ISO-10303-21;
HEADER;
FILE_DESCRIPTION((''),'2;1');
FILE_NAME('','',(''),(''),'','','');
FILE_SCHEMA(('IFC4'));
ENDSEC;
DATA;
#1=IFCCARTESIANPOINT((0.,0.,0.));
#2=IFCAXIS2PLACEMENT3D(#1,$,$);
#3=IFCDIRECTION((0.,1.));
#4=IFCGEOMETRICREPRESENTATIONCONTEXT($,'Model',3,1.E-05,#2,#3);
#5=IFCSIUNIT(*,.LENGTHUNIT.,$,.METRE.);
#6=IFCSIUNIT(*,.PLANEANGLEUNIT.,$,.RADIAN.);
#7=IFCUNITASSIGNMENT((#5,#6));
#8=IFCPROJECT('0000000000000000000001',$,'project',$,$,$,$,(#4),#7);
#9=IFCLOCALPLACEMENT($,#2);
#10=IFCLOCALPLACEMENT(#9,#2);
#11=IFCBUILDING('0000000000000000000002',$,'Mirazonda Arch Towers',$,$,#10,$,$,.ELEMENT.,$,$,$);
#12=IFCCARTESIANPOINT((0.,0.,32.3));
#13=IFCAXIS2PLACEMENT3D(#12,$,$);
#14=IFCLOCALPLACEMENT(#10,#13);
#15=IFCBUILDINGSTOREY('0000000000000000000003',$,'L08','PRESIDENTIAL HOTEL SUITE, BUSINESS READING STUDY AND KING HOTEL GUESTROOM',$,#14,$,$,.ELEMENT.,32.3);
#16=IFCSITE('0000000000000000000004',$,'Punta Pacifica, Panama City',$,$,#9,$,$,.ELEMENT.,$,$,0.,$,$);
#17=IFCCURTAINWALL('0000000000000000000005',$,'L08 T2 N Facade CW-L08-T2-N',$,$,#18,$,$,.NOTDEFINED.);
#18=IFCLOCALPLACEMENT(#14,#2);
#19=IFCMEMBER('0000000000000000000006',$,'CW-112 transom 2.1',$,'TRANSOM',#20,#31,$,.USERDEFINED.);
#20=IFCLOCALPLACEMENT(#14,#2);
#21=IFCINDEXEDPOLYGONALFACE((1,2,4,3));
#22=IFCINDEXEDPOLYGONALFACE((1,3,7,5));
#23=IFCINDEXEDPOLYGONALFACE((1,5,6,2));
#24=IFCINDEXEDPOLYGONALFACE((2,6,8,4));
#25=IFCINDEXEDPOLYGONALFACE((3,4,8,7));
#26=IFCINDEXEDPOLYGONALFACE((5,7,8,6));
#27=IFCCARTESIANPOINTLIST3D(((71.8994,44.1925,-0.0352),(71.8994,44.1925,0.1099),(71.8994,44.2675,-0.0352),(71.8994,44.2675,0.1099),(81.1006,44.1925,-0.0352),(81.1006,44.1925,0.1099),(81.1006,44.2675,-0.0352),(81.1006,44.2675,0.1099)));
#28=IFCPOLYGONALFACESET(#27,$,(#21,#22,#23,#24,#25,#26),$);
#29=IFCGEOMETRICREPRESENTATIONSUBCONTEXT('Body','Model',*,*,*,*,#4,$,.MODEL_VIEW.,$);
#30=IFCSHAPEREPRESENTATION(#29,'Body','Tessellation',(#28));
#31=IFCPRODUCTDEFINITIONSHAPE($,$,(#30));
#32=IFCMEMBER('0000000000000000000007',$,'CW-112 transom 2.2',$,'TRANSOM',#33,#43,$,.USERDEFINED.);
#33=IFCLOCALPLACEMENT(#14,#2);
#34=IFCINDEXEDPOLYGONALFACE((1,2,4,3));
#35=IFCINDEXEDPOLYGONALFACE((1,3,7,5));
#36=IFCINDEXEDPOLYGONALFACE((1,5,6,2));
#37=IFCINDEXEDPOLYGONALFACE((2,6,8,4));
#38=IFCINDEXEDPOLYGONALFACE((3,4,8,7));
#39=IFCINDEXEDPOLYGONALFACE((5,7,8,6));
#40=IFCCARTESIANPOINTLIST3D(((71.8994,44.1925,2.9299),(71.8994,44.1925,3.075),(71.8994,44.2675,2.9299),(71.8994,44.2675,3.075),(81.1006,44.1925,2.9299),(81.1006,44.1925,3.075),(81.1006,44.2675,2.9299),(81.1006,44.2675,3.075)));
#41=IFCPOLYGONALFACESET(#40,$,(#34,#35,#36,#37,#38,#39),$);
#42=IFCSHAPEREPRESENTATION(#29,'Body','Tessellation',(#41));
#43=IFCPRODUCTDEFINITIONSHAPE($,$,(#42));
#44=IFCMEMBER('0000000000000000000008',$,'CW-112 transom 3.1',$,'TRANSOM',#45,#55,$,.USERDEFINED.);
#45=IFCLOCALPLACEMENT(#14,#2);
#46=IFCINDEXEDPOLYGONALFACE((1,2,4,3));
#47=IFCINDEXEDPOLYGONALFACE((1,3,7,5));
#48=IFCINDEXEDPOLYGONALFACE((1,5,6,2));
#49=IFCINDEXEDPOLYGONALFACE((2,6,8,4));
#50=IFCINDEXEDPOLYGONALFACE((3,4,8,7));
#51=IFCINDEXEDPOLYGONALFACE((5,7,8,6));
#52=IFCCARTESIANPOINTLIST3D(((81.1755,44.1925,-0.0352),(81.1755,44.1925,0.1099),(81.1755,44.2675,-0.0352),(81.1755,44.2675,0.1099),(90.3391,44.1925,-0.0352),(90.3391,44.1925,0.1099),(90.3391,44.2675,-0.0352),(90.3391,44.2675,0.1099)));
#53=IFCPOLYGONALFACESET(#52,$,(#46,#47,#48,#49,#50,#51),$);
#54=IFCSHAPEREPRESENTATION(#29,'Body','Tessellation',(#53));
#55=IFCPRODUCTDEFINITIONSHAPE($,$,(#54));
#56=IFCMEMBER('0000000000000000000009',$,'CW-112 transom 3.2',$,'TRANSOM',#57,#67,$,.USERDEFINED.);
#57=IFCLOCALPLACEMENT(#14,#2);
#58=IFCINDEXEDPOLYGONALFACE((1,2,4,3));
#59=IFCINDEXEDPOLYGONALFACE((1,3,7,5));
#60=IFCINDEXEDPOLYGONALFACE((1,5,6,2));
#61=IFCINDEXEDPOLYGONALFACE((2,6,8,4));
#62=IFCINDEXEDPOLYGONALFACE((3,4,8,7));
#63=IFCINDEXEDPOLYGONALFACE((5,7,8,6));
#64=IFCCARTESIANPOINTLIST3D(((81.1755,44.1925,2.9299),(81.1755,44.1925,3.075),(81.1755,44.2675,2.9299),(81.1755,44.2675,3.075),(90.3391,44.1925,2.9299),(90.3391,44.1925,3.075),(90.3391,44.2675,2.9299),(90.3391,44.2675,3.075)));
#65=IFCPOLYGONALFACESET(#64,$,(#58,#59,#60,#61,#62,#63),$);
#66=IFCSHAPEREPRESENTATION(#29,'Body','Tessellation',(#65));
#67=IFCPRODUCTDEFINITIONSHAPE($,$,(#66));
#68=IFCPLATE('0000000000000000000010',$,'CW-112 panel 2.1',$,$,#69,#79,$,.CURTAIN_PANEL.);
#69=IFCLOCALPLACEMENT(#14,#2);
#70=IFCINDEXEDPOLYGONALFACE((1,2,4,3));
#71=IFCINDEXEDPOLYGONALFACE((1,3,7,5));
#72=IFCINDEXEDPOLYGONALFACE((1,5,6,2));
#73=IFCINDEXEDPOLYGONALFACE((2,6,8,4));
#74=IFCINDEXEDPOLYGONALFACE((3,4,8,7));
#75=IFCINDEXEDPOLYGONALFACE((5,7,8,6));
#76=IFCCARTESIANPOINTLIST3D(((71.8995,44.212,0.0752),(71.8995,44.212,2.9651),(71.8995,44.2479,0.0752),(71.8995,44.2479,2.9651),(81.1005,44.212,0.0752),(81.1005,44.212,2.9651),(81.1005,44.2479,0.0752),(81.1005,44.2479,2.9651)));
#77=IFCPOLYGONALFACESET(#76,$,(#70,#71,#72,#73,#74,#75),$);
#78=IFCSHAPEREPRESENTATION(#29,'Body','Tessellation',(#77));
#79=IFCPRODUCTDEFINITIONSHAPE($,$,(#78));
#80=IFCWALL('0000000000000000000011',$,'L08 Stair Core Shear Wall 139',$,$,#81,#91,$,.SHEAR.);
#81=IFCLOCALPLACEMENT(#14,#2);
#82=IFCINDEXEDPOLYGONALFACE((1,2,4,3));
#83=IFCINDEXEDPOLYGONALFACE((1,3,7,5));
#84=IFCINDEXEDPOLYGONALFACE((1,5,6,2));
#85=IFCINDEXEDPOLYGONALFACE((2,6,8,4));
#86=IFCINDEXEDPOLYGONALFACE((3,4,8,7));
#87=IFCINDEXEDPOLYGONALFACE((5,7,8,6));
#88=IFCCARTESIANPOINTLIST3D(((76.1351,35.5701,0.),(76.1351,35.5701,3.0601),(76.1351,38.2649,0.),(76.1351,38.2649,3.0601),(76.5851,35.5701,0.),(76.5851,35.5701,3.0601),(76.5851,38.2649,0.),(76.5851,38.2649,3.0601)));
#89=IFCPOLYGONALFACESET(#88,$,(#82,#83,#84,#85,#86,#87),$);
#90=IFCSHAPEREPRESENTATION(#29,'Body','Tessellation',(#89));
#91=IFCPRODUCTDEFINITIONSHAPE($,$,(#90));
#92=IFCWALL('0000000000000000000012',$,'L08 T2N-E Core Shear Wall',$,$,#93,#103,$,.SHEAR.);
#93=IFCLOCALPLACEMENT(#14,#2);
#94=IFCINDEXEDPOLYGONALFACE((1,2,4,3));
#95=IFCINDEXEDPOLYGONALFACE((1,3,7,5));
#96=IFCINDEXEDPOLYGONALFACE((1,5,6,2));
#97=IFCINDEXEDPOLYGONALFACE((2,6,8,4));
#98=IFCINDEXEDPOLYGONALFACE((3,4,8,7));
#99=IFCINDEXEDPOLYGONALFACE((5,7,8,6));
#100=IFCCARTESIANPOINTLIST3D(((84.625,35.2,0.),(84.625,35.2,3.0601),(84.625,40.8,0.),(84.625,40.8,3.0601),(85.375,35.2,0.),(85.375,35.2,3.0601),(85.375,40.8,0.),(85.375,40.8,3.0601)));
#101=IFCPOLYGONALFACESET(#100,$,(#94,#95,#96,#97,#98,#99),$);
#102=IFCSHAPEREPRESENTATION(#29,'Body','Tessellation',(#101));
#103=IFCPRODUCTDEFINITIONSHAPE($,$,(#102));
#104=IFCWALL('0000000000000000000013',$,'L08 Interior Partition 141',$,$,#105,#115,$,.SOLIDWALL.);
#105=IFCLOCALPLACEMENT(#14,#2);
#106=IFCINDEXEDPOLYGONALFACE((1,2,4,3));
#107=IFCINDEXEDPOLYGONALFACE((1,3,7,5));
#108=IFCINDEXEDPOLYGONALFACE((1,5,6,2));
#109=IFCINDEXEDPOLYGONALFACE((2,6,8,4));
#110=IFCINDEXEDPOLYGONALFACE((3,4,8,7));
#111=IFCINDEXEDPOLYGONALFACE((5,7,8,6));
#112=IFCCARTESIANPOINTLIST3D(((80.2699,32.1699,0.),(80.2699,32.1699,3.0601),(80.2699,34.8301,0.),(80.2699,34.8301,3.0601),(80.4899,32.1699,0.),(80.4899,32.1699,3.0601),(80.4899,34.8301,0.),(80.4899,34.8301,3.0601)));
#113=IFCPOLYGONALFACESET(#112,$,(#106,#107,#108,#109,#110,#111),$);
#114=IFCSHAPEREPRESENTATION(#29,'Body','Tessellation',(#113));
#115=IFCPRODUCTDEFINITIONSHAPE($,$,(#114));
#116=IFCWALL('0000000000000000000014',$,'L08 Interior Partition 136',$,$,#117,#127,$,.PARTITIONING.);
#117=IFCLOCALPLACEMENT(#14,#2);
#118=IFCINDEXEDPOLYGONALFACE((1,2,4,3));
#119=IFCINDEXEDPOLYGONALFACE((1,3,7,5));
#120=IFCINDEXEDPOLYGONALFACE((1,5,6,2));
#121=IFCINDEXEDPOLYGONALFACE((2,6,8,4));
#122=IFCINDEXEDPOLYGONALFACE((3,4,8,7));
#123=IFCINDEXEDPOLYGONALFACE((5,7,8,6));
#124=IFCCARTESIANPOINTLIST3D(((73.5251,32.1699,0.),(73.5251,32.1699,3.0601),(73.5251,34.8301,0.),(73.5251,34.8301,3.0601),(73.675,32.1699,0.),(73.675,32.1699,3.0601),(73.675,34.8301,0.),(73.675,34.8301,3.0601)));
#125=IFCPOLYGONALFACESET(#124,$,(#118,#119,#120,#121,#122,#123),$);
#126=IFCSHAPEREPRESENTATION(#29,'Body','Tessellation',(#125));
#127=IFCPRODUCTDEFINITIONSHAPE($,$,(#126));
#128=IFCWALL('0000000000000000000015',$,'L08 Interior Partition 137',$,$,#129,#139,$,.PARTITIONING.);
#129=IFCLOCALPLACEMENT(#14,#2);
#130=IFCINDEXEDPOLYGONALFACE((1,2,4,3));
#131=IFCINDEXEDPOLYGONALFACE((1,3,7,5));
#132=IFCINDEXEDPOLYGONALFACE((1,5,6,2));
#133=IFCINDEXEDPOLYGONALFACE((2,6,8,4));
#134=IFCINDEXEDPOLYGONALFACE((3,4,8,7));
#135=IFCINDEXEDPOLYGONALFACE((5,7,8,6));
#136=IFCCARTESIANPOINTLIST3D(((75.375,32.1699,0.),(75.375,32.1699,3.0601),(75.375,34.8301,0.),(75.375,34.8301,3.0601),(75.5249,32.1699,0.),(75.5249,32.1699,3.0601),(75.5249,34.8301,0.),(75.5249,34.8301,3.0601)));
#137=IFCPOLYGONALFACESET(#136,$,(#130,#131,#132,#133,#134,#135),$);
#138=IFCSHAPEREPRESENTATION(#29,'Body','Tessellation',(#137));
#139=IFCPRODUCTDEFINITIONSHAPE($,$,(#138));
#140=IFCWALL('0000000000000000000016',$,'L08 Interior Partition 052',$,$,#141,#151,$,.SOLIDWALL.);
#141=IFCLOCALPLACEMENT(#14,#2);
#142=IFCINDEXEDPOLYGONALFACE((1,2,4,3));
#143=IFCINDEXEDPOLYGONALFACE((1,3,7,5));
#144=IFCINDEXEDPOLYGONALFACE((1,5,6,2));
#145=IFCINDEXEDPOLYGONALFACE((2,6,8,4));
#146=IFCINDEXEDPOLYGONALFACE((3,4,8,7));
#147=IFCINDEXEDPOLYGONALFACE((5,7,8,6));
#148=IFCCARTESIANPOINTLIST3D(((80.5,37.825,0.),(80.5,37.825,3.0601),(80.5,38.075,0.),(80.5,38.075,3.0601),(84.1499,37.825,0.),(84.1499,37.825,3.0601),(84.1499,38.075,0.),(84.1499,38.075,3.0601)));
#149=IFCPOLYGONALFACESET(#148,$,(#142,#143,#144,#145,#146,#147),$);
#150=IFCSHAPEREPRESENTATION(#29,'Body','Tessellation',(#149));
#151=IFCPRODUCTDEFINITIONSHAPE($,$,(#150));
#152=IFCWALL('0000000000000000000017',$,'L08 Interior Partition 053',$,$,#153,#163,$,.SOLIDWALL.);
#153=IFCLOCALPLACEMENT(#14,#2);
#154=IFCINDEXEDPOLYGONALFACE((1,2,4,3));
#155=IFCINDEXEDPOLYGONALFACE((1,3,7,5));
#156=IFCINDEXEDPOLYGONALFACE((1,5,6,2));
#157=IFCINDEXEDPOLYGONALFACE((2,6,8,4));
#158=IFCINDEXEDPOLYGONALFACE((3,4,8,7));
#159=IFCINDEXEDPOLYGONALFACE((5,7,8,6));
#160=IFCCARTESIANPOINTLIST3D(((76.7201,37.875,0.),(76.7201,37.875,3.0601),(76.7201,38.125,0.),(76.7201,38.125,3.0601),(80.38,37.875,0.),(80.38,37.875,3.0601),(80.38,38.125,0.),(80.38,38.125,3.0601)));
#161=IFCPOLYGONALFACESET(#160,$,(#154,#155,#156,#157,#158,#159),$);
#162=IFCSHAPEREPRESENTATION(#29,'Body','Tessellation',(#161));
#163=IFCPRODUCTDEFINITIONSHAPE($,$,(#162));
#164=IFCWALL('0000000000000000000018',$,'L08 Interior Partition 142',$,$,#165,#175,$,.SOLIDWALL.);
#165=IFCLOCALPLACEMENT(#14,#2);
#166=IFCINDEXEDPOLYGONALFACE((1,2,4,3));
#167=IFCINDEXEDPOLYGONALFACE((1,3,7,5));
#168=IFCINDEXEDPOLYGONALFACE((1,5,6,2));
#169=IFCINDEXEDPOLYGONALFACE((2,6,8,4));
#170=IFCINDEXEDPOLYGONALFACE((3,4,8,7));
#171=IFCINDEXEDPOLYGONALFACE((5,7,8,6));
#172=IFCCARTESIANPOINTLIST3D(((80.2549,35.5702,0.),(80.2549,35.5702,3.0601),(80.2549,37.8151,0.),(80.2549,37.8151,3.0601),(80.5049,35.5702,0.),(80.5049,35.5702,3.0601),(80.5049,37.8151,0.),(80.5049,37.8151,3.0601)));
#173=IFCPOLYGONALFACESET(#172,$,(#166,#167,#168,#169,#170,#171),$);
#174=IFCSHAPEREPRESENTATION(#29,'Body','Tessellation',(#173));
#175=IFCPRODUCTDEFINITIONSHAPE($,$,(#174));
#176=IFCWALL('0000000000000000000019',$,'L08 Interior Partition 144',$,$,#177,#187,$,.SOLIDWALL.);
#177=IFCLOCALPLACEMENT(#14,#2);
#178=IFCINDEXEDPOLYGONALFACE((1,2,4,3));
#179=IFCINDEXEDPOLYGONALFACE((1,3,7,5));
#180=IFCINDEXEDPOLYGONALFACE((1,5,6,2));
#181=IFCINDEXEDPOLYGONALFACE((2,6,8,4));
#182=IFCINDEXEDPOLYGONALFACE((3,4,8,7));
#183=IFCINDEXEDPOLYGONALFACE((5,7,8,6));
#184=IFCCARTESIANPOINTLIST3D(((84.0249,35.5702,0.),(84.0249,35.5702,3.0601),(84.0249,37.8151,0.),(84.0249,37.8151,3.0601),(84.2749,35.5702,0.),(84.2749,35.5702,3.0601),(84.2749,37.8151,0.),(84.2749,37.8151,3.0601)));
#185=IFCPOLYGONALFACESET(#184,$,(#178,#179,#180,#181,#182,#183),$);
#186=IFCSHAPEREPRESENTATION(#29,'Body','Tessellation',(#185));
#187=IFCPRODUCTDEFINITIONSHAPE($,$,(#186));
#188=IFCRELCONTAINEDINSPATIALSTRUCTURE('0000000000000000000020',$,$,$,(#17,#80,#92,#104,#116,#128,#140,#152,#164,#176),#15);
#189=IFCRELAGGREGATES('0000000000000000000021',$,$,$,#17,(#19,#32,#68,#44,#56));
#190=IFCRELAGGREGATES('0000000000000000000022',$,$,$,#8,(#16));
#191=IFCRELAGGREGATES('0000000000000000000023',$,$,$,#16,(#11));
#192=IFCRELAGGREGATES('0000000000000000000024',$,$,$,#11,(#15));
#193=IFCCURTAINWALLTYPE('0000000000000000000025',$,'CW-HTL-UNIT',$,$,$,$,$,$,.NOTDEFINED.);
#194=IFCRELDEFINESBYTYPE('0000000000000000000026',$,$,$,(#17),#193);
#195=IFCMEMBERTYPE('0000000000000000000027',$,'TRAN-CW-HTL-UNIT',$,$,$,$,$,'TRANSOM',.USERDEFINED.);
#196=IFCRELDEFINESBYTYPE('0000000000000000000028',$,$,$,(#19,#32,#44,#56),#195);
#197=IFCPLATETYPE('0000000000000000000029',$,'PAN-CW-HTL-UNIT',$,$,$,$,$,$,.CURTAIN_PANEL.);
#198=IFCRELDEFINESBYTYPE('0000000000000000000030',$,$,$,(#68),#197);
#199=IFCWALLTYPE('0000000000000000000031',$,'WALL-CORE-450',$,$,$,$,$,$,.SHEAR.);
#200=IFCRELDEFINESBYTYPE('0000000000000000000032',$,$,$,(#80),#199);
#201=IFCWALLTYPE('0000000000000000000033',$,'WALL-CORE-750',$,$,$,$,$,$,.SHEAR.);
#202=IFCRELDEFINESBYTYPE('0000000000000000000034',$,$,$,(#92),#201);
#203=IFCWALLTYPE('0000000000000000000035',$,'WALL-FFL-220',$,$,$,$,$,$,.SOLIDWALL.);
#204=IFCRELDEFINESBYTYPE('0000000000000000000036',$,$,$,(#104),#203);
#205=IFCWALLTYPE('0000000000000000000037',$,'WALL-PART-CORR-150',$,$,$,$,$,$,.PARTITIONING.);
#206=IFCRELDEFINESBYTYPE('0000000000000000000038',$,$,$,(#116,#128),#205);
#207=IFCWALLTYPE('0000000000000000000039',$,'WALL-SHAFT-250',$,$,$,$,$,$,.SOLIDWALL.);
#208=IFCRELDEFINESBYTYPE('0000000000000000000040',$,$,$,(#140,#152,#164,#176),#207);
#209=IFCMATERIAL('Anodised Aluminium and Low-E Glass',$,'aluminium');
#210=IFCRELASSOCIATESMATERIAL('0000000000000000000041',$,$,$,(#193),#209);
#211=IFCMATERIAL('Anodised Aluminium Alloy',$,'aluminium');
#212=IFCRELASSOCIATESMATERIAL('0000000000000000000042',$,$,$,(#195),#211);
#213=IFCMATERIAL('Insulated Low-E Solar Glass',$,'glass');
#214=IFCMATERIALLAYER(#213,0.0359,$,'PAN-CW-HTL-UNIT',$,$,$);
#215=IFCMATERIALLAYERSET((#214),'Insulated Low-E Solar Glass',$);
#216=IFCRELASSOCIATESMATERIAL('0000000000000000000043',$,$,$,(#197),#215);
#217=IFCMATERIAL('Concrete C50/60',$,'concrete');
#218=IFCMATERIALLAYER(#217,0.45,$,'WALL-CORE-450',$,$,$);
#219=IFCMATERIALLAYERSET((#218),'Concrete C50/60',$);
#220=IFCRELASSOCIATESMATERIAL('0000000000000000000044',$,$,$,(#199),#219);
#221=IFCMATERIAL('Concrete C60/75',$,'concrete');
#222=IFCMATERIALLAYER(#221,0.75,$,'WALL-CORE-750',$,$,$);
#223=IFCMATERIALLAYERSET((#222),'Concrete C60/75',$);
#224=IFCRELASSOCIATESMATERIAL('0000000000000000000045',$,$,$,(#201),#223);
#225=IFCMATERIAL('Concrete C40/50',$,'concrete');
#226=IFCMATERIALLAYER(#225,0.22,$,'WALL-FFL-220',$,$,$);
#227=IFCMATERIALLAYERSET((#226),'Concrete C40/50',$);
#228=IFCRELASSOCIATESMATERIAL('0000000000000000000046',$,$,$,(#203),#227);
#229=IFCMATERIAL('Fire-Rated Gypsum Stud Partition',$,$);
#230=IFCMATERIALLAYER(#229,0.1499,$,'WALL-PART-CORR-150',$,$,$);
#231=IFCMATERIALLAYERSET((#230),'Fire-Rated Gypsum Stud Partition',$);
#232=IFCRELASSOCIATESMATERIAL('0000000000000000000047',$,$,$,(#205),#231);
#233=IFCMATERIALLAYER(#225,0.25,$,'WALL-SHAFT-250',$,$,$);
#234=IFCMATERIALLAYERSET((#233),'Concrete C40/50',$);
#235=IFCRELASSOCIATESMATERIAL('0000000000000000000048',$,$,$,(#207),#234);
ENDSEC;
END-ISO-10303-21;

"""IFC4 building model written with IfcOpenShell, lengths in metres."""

from ifc_helpers import new_model, si_unit, direction, frame, frame_2d, origin, origin_2d, place, context, subcontext, project, spatial, rectangle, extrude, material, layer, layer_set, material_profile, profile_set, type_object, element, aggregate, save


model = new_model("IFC4")

# Units and contexts
model_context = context("Model", 3, precision=1e-05, world=origin(), true_north=direction((0.0, 1.0)))
body_context = subcontext(model_context, "Body", "Model", "MODEL_VIEW")
ifc_project = project(units=[si_unit("LENGTHUNIT", "METRE"), si_unit("PLANEANGLEUNIT", "RADIAN")], contexts=[model_context])

# Site, building, storey
site_placement = place(None, origin())
site = spatial("IfcSite", under=ifc_project, at=site_placement, Name="Punta Pacifica, Panama City", CompositionType="ELEMENT", RefElevation=0.0)
building_placement = place(site_placement, origin())
building = spatial("IfcBuilding", under=site, at=building_placement, Name="Mirazonda Arch Towers", CompositionType="ELEMENT")
storey_placement = place(building_placement, frame((0.0, 0.0, 32.3)))
storey = spatial("IfcBuildingStorey", under=building, at=storey_placement, Name="L08", Description="PRESIDENTIAL HOTEL SUITE, BUSINESS READING STUDY AND KING HOTEL GUESTROOM", CompositionType="ELEMENT", Elevation=32.3)

# Shared definitions
ifc_material_1 = material(Name="Concrete C60/75", Category="concrete")

# Curtain wall, members, plate
ifc_material_2 = material(Name="Anodised Aluminium and Low-E Glass", Category="aluminium")
curtain_wall_type = type_object("IfcCurtainWallType", Name="CW-HTL-UNIT", PredefinedType="NOTDEFINED", material=ifc_material_2)
curtain_wall_placement = place(storey_placement, origin())
curtain_wall = element("IfcCurtainWall", 1, at=curtain_wall_placement, inside=storey, type_object=curtain_wall_type, Name="L08 T2 N Facade CW-L08-T2-N", PredefinedType="NOTDEFINED")
ifc_material_3 = material(Name="Anodised Aluminium Alloy", Category="aluminium")
ifc_material_profile_1 = material_profile(ifc_material_3, rectangle(XDim=0.075, YDim=0.145, at=origin_2d()), Name="ALU-TRAN-75x145")
ifc_profile_set_1 = profile_set([ifc_material_profile_1], Name="Anodised Aluminium Alloy")
member_type_1 = type_object("IfcMemberType", Name="TRAN-CW-HTL-UNIT", ElementType="TRANSOM", PredefinedType="USERDEFINED", material=ifc_profile_set_1)
member_1_placement = place(storey_placement, frame((71.8994, 44.23, 0.0374), z_axis=(1.0, 0.0, 0.0), x_axis=(0.0, 1.0, 0.0)))
member_1 = element("IfcMember", 2, at=member_1_placement, type_object=member_type_1, Name="CW-112 transom 2.1", ObjectType="TRANSOM", PredefinedType="USERDEFINED", context=body_context, shape_type="SweptSolid", body=[
    extrude(rectangle(XDim=0.075, YDim=0.145, at=origin_2d()), origin(), (0.0, 0.0, 1.0), 9.2012),
])
member_2_placement = place(storey_placement, frame((71.8994, 44.23, 3.0024), z_axis=(1.0, 0.0, 0.0), x_axis=(0.0, 1.0, 0.0)))
member_2 = element("IfcMember", 3, at=member_2_placement, type_object=member_type_1, Name="CW-112 transom 2.2", ObjectType="TRANSOM", PredefinedType="USERDEFINED", context=body_context, shape_type="SweptSolid", body=[
    extrude(rectangle(XDim=0.075, YDim=0.145, at=origin_2d()), origin(), (0.0, 0.0, 1.0), 9.2012),
])
member_3_placement = place(storey_placement, frame((81.1755, 44.23, 0.0374), z_axis=(1.0, 0.0, 0.0), x_axis=(0.0, 1.0, 0.0)))
member_3 = element("IfcMember", 4, at=member_3_placement, type_object=member_type_1, Name="CW-112 transom 3.1", ObjectType="TRANSOM", PredefinedType="USERDEFINED", context=body_context, shape_type="SweptSolid", body=[
    extrude(rectangle(XDim=0.075, YDim=0.145, at=origin_2d()), origin(), (0.0, 0.0, 1.0), 9.1636),
])
member_4_placement = place(storey_placement, frame((81.1755, 44.23, 3.0024), z_axis=(1.0, 0.0, 0.0), x_axis=(0.0, 1.0, 0.0)))
member_4 = element("IfcMember", 5, at=member_4_placement, type_object=member_type_1, Name="CW-112 transom 3.2", ObjectType="TRANSOM", PredefinedType="USERDEFINED", context=body_context, shape_type="SweptSolid", body=[
    extrude(rectangle(XDim=0.075, YDim=0.145, at=origin_2d()), origin(), (0.0, 0.0, 1.0), 9.1636),
])
ifc_material_4 = material(Name="Insulated Low-E Solar Glass", Category="glass")
ifc_layer_1 = layer(ifc_material_4, 0.0359, Name="PAN-CW-HTL-UNIT")
ifc_layer_set_1 = layer_set([ifc_layer_1], Name="Insulated Low-E Solar Glass")
plate_type = type_object("IfcPlateType", Name="PAN-CW-HTL-UNIT", PredefinedType="CURTAIN_PANEL", material=ifc_layer_set_1)
plate_placement = place(storey_placement, frame((76.5, 44.23, 0.0752), z_axis=(0.0, 0.0, 1.0), x_axis=(1.0, 0.0, 0.0)))
plate = element("IfcPlate", 6, at=plate_placement, type_object=plate_type, Name="CW-112 panel 2.1", PredefinedType="CURTAIN_PANEL", context=body_context, shape_type="SweptSolid", body=[
    extrude(rectangle(XDim=9.2009, YDim=0.0359, at=origin_2d()), origin(), (0.0, 0.0, 1.0), 2.8899),
])
aggregate(curtain_wall, [member_1, member_2, plate, member_3, member_4])

# Walls
ifc_material_5 = material(Name="Concrete C50/60", Category="concrete")
ifc_layer_2 = layer(ifc_material_5, 0.45, Name="WALL-CORE-450")
ifc_layer_set_2 = layer_set([ifc_layer_2], Name="Concrete C50/60")
wall_type_1 = type_object("IfcWallType", Name="WALL-CORE-450", PredefinedType="SHEAR", material=ifc_layer_set_2)
wall_1_placement = place(storey_placement, frame((76.3601, 35.5701, 0.0), z_axis=(0.0, 0.0, 1.0), x_axis=(0.0, 1.0, 0.0)))
element("IfcWall", 7, at=wall_1_placement, inside=storey, type_object=wall_type_1, Name="L08 Stair Core Shear Wall 139", PredefinedType="SHEAR", context=body_context, shape_type="SweptSolid", body=[
    extrude(rectangle(XDim=2.6948, YDim=0.45, at=frame_2d((1.3474, 0.0))), origin(), (0.0, 0.0, 1.0), 3.0601),
])
ifc_layer_3 = layer(ifc_material_1, 0.75, Name="WALL-CORE-750")
ifc_layer_set_3 = layer_set([ifc_layer_3], Name="Concrete C60/75")
wall_type_2 = type_object("IfcWallType", Name="WALL-CORE-750", PredefinedType="SHEAR", material=ifc_layer_set_3)
wall_2_placement = place(storey_placement, frame((85.0, 35.2, 0.0), z_axis=(0.0, 0.0, 1.0), x_axis=(0.0, 1.0, 0.0)))
element("IfcWall", 8, at=wall_2_placement, inside=storey, type_object=wall_type_2, Name="L08 T2N-E Core Shear Wall", PredefinedType="SHEAR", context=body_context, shape_type="SweptSolid", body=[
    extrude(rectangle(XDim=5.6001, YDim=0.75, at=frame_2d((2.8, 0.0))), origin(), (0.0, 0.0, 1.0), 3.0601),
])
ifc_material_6 = material(Name="Concrete C40/50", Category="concrete")
ifc_layer_4 = layer(ifc_material_6, 0.22, Name="WALL-FFL-220")
ifc_layer_set_4 = layer_set([ifc_layer_4], Name="Concrete C40/50")
wall_type_3 = type_object("IfcWallType", Name="WALL-FFL-220", PredefinedType="SOLIDWALL", material=ifc_layer_set_4)
wall_3_placement = place(storey_placement, frame((80.3799, 32.1699, 0.0), z_axis=(0.0, 0.0, 1.0), x_axis=(0.0, 1.0, 0.0)))
element("IfcWall", 9, at=wall_3_placement, inside=storey, type_object=wall_type_3, Name="L08 Interior Partition 141", PredefinedType="SOLIDWALL", context=body_context, shape_type="SweptSolid", body=[
    extrude(rectangle(XDim=2.6602, YDim=0.22, at=frame_2d((1.3301, 0.0))), origin(), (0.0, 0.0, 1.0), 3.0601),
])
ifc_material_7 = material(Name="Fire-Rated Gypsum Stud Partition")
ifc_layer_5 = layer(ifc_material_7, 0.1499, Name="WALL-PART-CORR-150")
ifc_layer_set_5 = layer_set([ifc_layer_5], Name="Fire-Rated Gypsum Stud Partition")
wall_type_4 = type_object("IfcWallType", Name="WALL-PART-CORR-150", PredefinedType="PARTITIONING", material=ifc_layer_set_5)
for number, where, z_axis, x_axis, name in (
    (10, (73.6001, 32.1699, 0.0), (0.0, 0.0, 1.0), (0.0, 1.0, 0.0), "L08 Interior Partition 136"),
    (11, (75.45, 32.1699, 0.0), (0.0, 0.0, 1.0), (0.0, 1.0, 0.0), "L08 Interior Partition 137"),
):
    element("IfcWall", number, at=place(storey_placement, frame(where, z_axis=z_axis, x_axis=x_axis)), inside=storey, type_object=wall_type_4, Name=name, PredefinedType="PARTITIONING", context=body_context, shape_type="SweptSolid", body=[
        extrude(rectangle(XDim=2.6602, YDim=0.1499, at=frame_2d((1.3301, 0.0))), origin(), (0.0, 0.0, 1.0), 3.0601),
    ])
ifc_layer_6 = layer(ifc_material_6, 0.25, Name="WALL-SHAFT-250")
ifc_layer_set_6 = layer_set([ifc_layer_6], Name="Concrete C40/50")
wall_type_5 = type_object("IfcWallType", Name="WALL-SHAFT-250", PredefinedType="SOLIDWALL", material=ifc_layer_set_6)
wall_4_placement = place(storey_placement, frame((80.5, 37.95, 0.0), z_axis=(0.0, 0.0, 1.0), x_axis=(1.0, 0.0, 0.0)))
element("IfcWall", 12, at=wall_4_placement, inside=storey, type_object=wall_type_5, Name="L08 Interior Partition 052", PredefinedType="SOLIDWALL", context=body_context, shape_type="SweptSolid", body=[
    extrude(rectangle(XDim=3.6499, YDim=0.25, at=frame_2d((1.825, 0.0))), origin(), (0.0, 0.0, 1.0), 3.0601),
])
wall_5_placement = place(storey_placement, frame((76.72, 38.0, 0.0), z_axis=(0.0, 0.0, 1.0), x_axis=(1.0, 0.0, 0.0)))
element("IfcWall", 13, at=wall_5_placement, inside=storey, type_object=wall_type_5, Name="L08 Interior Partition 053", PredefinedType="SOLIDWALL", context=body_context, shape_type="SweptSolid", body=[
    extrude(rectangle(XDim=3.6599, YDim=0.25, at=frame_2d((1.8301, 0.0))), origin(), (0.0, 0.0, 1.0), 3.0601),
])
for number, where, z_axis, x_axis, name in (
    (14, (80.3799, 35.5701, 0.0), (0.0, 0.0, 1.0), (0.0, 1.0, 0.0), "L08 Interior Partition 142"),
    (15, (84.1499, 35.5701, 0.0), (0.0, 0.0, 1.0), (0.0, 1.0, 0.0), "L08 Interior Partition 144"),
):
    element("IfcWall", number, at=place(storey_placement, frame(where, z_axis=z_axis, x_axis=x_axis)), inside=storey, type_object=wall_type_5, Name=name, PredefinedType="SOLIDWALL", context=body_context, shape_type="SweptSolid", body=[
        extrude(rectangle(XDim=2.2449, YDim=0.25, at=frame_2d((1.1226, 0.0))), origin(), (0.0, 0.0, 1.0), 3.0601),
    ])

save(model, "model.ifc")
